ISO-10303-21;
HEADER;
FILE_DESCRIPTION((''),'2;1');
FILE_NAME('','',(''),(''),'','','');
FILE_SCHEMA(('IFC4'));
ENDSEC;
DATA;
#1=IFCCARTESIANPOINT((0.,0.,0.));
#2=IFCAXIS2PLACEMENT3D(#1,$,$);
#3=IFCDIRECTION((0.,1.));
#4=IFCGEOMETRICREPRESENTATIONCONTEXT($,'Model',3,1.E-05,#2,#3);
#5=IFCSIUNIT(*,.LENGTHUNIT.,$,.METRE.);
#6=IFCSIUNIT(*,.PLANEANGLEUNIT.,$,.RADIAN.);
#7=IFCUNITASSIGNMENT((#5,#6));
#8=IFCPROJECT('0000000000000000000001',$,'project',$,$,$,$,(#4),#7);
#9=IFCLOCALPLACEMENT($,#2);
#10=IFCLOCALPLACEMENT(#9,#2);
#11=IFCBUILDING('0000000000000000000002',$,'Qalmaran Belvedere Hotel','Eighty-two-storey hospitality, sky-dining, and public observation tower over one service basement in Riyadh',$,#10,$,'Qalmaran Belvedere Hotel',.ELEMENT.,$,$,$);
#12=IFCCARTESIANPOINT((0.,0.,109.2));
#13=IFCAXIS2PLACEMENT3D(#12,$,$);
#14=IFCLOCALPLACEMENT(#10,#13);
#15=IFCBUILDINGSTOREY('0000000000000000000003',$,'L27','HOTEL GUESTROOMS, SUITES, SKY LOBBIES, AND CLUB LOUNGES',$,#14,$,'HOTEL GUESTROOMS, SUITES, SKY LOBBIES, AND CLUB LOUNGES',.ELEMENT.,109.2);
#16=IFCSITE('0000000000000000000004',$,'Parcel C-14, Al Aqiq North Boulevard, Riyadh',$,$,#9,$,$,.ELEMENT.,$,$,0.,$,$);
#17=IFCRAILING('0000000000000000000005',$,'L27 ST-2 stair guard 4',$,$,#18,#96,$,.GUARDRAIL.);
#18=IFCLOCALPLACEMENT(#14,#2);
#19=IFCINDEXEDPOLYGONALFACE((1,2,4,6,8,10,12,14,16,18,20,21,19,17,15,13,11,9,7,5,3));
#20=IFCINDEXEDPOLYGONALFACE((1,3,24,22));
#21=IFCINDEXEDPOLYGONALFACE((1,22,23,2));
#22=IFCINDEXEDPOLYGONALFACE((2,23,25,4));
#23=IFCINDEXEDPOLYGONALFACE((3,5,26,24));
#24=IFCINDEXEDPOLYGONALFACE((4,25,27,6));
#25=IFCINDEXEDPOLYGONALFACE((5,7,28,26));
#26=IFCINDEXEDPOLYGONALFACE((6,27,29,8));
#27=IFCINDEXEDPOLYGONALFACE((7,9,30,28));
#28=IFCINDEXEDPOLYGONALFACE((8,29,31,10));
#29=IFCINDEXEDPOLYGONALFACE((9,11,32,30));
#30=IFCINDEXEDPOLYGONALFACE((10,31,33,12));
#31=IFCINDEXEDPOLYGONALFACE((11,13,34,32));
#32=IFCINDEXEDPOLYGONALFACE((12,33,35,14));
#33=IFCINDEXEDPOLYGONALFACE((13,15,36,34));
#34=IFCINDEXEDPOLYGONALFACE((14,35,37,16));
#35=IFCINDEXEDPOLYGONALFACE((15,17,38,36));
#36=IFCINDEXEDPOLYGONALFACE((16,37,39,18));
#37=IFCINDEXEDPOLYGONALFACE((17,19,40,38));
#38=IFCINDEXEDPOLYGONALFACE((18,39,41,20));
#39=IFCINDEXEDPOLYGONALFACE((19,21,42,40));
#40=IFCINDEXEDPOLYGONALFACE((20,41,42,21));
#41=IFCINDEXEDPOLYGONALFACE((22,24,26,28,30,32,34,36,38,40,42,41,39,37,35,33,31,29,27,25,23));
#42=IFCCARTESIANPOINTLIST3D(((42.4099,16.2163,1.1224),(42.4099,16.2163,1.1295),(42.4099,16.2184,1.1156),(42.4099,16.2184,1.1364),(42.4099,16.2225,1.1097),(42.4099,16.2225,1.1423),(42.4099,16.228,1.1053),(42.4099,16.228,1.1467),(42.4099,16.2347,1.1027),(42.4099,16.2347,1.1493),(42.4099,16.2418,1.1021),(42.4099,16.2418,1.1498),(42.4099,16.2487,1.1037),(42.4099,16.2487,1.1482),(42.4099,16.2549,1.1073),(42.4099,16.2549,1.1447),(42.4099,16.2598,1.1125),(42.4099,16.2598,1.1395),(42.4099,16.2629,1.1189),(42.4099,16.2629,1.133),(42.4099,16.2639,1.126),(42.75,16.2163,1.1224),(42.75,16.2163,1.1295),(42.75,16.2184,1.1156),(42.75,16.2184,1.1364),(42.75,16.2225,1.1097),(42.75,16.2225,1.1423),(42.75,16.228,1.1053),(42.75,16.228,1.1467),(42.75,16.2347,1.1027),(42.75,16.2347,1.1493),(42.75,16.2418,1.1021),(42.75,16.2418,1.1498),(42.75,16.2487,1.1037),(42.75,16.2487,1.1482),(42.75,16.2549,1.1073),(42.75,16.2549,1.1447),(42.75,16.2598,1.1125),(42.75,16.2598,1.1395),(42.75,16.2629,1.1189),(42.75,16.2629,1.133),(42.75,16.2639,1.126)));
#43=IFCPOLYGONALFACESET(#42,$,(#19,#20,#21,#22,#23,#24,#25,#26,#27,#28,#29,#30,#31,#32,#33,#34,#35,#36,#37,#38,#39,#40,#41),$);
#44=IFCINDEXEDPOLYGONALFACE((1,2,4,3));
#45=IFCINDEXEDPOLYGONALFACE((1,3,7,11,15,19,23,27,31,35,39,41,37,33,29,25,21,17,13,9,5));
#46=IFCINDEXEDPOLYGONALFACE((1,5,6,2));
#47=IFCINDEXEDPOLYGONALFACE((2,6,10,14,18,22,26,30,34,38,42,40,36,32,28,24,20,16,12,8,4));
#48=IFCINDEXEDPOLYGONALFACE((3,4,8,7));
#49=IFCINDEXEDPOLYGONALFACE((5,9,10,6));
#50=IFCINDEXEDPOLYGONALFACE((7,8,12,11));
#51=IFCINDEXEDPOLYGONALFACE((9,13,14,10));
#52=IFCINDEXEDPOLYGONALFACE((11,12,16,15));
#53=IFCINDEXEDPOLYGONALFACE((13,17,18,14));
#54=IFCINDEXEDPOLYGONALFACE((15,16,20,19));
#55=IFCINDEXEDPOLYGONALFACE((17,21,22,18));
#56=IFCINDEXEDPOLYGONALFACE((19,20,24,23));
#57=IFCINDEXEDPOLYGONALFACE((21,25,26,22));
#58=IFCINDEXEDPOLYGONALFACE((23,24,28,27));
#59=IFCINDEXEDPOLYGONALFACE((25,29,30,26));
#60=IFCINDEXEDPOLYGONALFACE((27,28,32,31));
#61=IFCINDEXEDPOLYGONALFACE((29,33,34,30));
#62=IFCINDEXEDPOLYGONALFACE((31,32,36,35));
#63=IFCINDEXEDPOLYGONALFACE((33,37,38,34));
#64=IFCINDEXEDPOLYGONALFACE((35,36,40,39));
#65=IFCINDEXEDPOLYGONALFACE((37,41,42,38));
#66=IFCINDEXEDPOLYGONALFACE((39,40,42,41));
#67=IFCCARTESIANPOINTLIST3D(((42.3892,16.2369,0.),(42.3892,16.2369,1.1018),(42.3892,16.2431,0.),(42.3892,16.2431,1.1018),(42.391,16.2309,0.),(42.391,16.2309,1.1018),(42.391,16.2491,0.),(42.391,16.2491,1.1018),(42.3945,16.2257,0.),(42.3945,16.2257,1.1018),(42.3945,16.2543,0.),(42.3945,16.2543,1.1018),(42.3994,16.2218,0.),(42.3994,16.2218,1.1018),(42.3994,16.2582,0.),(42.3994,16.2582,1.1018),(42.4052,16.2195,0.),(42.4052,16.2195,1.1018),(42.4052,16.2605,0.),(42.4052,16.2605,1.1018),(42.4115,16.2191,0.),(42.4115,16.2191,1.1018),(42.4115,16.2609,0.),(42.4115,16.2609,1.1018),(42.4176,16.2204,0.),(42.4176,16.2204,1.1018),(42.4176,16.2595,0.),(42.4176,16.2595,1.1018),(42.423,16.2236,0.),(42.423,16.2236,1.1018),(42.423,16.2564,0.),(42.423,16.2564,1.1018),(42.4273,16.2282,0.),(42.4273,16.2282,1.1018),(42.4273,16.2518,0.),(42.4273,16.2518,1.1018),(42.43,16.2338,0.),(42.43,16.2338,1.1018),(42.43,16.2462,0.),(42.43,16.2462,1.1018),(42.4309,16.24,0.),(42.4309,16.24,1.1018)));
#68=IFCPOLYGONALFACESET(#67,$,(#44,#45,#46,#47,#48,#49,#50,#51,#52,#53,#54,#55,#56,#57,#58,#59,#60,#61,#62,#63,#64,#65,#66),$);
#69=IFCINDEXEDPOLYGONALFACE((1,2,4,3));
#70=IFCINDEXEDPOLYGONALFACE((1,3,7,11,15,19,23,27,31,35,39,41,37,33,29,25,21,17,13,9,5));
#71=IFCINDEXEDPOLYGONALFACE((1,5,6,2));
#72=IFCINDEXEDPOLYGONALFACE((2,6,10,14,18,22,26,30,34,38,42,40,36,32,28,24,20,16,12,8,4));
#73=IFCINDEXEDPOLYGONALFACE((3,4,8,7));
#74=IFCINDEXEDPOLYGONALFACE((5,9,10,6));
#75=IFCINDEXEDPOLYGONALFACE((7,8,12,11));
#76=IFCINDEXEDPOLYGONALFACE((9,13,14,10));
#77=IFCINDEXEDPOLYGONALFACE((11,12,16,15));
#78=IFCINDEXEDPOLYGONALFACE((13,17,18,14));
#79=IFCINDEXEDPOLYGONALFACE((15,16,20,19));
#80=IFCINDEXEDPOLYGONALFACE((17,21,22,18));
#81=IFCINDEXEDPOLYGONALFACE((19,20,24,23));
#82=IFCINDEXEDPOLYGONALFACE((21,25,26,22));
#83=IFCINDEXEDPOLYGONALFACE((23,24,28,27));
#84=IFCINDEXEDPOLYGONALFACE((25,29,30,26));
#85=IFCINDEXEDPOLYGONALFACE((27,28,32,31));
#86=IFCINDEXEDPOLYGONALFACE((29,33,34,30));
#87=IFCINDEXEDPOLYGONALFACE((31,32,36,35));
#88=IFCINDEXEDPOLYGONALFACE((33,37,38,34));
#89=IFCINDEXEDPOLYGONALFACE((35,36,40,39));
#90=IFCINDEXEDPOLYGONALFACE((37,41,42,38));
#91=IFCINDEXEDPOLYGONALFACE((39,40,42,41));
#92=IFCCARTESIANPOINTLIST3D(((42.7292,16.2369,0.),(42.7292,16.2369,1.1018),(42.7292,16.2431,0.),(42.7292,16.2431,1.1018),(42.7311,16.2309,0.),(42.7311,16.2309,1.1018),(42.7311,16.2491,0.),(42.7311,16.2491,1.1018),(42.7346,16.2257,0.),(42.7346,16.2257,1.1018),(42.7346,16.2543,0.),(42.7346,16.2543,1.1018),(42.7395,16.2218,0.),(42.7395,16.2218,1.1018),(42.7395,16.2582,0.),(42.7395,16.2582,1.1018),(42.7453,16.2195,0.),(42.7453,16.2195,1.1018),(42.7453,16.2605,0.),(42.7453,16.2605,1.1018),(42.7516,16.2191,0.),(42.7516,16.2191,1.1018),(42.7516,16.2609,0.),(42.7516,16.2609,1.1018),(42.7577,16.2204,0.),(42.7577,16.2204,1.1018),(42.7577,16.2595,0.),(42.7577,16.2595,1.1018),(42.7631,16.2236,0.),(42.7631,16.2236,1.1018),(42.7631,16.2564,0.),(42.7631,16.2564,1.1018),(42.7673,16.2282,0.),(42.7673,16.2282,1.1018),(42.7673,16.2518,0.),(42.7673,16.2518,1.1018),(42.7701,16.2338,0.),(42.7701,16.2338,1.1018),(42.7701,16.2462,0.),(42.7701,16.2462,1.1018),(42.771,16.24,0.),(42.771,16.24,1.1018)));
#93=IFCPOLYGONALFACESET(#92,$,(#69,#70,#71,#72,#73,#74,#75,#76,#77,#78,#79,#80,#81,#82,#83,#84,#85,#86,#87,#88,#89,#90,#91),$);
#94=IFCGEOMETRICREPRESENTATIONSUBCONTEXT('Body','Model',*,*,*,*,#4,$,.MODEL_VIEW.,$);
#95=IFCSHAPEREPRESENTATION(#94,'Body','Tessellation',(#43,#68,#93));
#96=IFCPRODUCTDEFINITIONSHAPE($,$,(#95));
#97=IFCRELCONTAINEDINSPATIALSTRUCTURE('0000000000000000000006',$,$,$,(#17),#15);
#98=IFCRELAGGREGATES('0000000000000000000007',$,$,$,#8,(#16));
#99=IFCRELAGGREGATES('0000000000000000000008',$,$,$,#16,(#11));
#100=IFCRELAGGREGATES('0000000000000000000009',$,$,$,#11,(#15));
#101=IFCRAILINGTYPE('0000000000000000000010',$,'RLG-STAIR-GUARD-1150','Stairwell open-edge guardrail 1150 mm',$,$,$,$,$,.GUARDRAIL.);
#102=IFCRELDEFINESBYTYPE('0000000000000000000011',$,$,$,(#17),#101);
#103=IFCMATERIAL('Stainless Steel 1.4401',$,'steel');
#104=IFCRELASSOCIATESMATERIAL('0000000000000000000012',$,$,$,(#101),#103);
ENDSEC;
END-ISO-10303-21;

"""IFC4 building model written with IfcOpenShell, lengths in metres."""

from ifc_helpers import new_model, si_unit, direction, frame, origin, origin_2d, place, context, subcontext, project, spatial, circle, extrude, material, type_object, element, save


model = new_model("IFC4")

# Units and contexts
model_context = context("Model", 3, precision=1e-05, world=origin(), true_north=direction((0.0, 1.0)))
body_context = subcontext(model_context, "Body", "Model", "MODEL_VIEW")
ifc_project = project(units=[si_unit("LENGTHUNIT", "METRE"), si_unit("PLANEANGLEUNIT", "RADIAN")], contexts=[model_context])

# Site, building, storey
site_placement = place(None, origin())
site = spatial("IfcSite", under=ifc_project, at=site_placement, Name="Parcel C-14, Al Aqiq North Boulevard, Riyadh", CompositionType="ELEMENT", RefElevation=0.0)
building_placement = place(site_placement, origin())
building = spatial("IfcBuilding", under=site, at=building_placement, Name="Qalmaran Belvedere Hotel", Description="Eighty-two-storey hospitality, sky-dining, and public observation tower over one service basement in Riyadh", LongName="Qalmaran Belvedere Hotel", CompositionType="ELEMENT")
storey_placement = place(building_placement, frame((0.0, 0.0, 109.2)))
storey = spatial("IfcBuildingStorey", under=building, at=storey_placement, Name="L27", Description="HOTEL GUESTROOMS, SUITES, SKY LOBBIES, AND CLUB LOUNGES", LongName="HOTEL GUESTROOMS, SUITES, SKY LOBBIES, AND CLUB LOUNGES", CompositionType="ELEMENT", Elevation=109.2)

# Shared definitions
ifc_material_1 = material(Name="Stainless Steel 1.4401", Category="steel")

# Railing
railing_type_1 = type_object("IfcRailingType", Name="RLG-STAIR-GUARD-1150", Description="Stairwell open-edge guardrail 1150 mm", PredefinedType="GUARDRAIL", material=ifc_material_1)
railing_1_placement = place(storey_placement, frame((42.4099, 16.24, 0.0)))
element("IfcRailing", 1, at=railing_1_placement, inside=storey, type_object=railing_type_1, Name="L27 ST-2 stair guard 4", PredefinedType="GUARDRAIL", context=body_context, shape_type="SweptSolid", body=[
    extrude(circle(Radius=0.0239, at=origin_2d()), frame((0.0, 0.0, 1.126), z_axis=(1.0, 0.0, 0.0), x_axis=(0.0, 1.0, 0.0)), (0.0, 0.0, 1.0), 0.3401),
    extrude(circle(Radius=0.021, at=origin_2d()), origin(), (0.0, 0.0, 1.0), 1.1018),
    extrude(circle(Radius=0.021, at=origin_2d()), frame((0.3401, 0.0, 0.0)), (0.0, 0.0, 1.0), 1.1018),
])

save(model, "model.ifc")
